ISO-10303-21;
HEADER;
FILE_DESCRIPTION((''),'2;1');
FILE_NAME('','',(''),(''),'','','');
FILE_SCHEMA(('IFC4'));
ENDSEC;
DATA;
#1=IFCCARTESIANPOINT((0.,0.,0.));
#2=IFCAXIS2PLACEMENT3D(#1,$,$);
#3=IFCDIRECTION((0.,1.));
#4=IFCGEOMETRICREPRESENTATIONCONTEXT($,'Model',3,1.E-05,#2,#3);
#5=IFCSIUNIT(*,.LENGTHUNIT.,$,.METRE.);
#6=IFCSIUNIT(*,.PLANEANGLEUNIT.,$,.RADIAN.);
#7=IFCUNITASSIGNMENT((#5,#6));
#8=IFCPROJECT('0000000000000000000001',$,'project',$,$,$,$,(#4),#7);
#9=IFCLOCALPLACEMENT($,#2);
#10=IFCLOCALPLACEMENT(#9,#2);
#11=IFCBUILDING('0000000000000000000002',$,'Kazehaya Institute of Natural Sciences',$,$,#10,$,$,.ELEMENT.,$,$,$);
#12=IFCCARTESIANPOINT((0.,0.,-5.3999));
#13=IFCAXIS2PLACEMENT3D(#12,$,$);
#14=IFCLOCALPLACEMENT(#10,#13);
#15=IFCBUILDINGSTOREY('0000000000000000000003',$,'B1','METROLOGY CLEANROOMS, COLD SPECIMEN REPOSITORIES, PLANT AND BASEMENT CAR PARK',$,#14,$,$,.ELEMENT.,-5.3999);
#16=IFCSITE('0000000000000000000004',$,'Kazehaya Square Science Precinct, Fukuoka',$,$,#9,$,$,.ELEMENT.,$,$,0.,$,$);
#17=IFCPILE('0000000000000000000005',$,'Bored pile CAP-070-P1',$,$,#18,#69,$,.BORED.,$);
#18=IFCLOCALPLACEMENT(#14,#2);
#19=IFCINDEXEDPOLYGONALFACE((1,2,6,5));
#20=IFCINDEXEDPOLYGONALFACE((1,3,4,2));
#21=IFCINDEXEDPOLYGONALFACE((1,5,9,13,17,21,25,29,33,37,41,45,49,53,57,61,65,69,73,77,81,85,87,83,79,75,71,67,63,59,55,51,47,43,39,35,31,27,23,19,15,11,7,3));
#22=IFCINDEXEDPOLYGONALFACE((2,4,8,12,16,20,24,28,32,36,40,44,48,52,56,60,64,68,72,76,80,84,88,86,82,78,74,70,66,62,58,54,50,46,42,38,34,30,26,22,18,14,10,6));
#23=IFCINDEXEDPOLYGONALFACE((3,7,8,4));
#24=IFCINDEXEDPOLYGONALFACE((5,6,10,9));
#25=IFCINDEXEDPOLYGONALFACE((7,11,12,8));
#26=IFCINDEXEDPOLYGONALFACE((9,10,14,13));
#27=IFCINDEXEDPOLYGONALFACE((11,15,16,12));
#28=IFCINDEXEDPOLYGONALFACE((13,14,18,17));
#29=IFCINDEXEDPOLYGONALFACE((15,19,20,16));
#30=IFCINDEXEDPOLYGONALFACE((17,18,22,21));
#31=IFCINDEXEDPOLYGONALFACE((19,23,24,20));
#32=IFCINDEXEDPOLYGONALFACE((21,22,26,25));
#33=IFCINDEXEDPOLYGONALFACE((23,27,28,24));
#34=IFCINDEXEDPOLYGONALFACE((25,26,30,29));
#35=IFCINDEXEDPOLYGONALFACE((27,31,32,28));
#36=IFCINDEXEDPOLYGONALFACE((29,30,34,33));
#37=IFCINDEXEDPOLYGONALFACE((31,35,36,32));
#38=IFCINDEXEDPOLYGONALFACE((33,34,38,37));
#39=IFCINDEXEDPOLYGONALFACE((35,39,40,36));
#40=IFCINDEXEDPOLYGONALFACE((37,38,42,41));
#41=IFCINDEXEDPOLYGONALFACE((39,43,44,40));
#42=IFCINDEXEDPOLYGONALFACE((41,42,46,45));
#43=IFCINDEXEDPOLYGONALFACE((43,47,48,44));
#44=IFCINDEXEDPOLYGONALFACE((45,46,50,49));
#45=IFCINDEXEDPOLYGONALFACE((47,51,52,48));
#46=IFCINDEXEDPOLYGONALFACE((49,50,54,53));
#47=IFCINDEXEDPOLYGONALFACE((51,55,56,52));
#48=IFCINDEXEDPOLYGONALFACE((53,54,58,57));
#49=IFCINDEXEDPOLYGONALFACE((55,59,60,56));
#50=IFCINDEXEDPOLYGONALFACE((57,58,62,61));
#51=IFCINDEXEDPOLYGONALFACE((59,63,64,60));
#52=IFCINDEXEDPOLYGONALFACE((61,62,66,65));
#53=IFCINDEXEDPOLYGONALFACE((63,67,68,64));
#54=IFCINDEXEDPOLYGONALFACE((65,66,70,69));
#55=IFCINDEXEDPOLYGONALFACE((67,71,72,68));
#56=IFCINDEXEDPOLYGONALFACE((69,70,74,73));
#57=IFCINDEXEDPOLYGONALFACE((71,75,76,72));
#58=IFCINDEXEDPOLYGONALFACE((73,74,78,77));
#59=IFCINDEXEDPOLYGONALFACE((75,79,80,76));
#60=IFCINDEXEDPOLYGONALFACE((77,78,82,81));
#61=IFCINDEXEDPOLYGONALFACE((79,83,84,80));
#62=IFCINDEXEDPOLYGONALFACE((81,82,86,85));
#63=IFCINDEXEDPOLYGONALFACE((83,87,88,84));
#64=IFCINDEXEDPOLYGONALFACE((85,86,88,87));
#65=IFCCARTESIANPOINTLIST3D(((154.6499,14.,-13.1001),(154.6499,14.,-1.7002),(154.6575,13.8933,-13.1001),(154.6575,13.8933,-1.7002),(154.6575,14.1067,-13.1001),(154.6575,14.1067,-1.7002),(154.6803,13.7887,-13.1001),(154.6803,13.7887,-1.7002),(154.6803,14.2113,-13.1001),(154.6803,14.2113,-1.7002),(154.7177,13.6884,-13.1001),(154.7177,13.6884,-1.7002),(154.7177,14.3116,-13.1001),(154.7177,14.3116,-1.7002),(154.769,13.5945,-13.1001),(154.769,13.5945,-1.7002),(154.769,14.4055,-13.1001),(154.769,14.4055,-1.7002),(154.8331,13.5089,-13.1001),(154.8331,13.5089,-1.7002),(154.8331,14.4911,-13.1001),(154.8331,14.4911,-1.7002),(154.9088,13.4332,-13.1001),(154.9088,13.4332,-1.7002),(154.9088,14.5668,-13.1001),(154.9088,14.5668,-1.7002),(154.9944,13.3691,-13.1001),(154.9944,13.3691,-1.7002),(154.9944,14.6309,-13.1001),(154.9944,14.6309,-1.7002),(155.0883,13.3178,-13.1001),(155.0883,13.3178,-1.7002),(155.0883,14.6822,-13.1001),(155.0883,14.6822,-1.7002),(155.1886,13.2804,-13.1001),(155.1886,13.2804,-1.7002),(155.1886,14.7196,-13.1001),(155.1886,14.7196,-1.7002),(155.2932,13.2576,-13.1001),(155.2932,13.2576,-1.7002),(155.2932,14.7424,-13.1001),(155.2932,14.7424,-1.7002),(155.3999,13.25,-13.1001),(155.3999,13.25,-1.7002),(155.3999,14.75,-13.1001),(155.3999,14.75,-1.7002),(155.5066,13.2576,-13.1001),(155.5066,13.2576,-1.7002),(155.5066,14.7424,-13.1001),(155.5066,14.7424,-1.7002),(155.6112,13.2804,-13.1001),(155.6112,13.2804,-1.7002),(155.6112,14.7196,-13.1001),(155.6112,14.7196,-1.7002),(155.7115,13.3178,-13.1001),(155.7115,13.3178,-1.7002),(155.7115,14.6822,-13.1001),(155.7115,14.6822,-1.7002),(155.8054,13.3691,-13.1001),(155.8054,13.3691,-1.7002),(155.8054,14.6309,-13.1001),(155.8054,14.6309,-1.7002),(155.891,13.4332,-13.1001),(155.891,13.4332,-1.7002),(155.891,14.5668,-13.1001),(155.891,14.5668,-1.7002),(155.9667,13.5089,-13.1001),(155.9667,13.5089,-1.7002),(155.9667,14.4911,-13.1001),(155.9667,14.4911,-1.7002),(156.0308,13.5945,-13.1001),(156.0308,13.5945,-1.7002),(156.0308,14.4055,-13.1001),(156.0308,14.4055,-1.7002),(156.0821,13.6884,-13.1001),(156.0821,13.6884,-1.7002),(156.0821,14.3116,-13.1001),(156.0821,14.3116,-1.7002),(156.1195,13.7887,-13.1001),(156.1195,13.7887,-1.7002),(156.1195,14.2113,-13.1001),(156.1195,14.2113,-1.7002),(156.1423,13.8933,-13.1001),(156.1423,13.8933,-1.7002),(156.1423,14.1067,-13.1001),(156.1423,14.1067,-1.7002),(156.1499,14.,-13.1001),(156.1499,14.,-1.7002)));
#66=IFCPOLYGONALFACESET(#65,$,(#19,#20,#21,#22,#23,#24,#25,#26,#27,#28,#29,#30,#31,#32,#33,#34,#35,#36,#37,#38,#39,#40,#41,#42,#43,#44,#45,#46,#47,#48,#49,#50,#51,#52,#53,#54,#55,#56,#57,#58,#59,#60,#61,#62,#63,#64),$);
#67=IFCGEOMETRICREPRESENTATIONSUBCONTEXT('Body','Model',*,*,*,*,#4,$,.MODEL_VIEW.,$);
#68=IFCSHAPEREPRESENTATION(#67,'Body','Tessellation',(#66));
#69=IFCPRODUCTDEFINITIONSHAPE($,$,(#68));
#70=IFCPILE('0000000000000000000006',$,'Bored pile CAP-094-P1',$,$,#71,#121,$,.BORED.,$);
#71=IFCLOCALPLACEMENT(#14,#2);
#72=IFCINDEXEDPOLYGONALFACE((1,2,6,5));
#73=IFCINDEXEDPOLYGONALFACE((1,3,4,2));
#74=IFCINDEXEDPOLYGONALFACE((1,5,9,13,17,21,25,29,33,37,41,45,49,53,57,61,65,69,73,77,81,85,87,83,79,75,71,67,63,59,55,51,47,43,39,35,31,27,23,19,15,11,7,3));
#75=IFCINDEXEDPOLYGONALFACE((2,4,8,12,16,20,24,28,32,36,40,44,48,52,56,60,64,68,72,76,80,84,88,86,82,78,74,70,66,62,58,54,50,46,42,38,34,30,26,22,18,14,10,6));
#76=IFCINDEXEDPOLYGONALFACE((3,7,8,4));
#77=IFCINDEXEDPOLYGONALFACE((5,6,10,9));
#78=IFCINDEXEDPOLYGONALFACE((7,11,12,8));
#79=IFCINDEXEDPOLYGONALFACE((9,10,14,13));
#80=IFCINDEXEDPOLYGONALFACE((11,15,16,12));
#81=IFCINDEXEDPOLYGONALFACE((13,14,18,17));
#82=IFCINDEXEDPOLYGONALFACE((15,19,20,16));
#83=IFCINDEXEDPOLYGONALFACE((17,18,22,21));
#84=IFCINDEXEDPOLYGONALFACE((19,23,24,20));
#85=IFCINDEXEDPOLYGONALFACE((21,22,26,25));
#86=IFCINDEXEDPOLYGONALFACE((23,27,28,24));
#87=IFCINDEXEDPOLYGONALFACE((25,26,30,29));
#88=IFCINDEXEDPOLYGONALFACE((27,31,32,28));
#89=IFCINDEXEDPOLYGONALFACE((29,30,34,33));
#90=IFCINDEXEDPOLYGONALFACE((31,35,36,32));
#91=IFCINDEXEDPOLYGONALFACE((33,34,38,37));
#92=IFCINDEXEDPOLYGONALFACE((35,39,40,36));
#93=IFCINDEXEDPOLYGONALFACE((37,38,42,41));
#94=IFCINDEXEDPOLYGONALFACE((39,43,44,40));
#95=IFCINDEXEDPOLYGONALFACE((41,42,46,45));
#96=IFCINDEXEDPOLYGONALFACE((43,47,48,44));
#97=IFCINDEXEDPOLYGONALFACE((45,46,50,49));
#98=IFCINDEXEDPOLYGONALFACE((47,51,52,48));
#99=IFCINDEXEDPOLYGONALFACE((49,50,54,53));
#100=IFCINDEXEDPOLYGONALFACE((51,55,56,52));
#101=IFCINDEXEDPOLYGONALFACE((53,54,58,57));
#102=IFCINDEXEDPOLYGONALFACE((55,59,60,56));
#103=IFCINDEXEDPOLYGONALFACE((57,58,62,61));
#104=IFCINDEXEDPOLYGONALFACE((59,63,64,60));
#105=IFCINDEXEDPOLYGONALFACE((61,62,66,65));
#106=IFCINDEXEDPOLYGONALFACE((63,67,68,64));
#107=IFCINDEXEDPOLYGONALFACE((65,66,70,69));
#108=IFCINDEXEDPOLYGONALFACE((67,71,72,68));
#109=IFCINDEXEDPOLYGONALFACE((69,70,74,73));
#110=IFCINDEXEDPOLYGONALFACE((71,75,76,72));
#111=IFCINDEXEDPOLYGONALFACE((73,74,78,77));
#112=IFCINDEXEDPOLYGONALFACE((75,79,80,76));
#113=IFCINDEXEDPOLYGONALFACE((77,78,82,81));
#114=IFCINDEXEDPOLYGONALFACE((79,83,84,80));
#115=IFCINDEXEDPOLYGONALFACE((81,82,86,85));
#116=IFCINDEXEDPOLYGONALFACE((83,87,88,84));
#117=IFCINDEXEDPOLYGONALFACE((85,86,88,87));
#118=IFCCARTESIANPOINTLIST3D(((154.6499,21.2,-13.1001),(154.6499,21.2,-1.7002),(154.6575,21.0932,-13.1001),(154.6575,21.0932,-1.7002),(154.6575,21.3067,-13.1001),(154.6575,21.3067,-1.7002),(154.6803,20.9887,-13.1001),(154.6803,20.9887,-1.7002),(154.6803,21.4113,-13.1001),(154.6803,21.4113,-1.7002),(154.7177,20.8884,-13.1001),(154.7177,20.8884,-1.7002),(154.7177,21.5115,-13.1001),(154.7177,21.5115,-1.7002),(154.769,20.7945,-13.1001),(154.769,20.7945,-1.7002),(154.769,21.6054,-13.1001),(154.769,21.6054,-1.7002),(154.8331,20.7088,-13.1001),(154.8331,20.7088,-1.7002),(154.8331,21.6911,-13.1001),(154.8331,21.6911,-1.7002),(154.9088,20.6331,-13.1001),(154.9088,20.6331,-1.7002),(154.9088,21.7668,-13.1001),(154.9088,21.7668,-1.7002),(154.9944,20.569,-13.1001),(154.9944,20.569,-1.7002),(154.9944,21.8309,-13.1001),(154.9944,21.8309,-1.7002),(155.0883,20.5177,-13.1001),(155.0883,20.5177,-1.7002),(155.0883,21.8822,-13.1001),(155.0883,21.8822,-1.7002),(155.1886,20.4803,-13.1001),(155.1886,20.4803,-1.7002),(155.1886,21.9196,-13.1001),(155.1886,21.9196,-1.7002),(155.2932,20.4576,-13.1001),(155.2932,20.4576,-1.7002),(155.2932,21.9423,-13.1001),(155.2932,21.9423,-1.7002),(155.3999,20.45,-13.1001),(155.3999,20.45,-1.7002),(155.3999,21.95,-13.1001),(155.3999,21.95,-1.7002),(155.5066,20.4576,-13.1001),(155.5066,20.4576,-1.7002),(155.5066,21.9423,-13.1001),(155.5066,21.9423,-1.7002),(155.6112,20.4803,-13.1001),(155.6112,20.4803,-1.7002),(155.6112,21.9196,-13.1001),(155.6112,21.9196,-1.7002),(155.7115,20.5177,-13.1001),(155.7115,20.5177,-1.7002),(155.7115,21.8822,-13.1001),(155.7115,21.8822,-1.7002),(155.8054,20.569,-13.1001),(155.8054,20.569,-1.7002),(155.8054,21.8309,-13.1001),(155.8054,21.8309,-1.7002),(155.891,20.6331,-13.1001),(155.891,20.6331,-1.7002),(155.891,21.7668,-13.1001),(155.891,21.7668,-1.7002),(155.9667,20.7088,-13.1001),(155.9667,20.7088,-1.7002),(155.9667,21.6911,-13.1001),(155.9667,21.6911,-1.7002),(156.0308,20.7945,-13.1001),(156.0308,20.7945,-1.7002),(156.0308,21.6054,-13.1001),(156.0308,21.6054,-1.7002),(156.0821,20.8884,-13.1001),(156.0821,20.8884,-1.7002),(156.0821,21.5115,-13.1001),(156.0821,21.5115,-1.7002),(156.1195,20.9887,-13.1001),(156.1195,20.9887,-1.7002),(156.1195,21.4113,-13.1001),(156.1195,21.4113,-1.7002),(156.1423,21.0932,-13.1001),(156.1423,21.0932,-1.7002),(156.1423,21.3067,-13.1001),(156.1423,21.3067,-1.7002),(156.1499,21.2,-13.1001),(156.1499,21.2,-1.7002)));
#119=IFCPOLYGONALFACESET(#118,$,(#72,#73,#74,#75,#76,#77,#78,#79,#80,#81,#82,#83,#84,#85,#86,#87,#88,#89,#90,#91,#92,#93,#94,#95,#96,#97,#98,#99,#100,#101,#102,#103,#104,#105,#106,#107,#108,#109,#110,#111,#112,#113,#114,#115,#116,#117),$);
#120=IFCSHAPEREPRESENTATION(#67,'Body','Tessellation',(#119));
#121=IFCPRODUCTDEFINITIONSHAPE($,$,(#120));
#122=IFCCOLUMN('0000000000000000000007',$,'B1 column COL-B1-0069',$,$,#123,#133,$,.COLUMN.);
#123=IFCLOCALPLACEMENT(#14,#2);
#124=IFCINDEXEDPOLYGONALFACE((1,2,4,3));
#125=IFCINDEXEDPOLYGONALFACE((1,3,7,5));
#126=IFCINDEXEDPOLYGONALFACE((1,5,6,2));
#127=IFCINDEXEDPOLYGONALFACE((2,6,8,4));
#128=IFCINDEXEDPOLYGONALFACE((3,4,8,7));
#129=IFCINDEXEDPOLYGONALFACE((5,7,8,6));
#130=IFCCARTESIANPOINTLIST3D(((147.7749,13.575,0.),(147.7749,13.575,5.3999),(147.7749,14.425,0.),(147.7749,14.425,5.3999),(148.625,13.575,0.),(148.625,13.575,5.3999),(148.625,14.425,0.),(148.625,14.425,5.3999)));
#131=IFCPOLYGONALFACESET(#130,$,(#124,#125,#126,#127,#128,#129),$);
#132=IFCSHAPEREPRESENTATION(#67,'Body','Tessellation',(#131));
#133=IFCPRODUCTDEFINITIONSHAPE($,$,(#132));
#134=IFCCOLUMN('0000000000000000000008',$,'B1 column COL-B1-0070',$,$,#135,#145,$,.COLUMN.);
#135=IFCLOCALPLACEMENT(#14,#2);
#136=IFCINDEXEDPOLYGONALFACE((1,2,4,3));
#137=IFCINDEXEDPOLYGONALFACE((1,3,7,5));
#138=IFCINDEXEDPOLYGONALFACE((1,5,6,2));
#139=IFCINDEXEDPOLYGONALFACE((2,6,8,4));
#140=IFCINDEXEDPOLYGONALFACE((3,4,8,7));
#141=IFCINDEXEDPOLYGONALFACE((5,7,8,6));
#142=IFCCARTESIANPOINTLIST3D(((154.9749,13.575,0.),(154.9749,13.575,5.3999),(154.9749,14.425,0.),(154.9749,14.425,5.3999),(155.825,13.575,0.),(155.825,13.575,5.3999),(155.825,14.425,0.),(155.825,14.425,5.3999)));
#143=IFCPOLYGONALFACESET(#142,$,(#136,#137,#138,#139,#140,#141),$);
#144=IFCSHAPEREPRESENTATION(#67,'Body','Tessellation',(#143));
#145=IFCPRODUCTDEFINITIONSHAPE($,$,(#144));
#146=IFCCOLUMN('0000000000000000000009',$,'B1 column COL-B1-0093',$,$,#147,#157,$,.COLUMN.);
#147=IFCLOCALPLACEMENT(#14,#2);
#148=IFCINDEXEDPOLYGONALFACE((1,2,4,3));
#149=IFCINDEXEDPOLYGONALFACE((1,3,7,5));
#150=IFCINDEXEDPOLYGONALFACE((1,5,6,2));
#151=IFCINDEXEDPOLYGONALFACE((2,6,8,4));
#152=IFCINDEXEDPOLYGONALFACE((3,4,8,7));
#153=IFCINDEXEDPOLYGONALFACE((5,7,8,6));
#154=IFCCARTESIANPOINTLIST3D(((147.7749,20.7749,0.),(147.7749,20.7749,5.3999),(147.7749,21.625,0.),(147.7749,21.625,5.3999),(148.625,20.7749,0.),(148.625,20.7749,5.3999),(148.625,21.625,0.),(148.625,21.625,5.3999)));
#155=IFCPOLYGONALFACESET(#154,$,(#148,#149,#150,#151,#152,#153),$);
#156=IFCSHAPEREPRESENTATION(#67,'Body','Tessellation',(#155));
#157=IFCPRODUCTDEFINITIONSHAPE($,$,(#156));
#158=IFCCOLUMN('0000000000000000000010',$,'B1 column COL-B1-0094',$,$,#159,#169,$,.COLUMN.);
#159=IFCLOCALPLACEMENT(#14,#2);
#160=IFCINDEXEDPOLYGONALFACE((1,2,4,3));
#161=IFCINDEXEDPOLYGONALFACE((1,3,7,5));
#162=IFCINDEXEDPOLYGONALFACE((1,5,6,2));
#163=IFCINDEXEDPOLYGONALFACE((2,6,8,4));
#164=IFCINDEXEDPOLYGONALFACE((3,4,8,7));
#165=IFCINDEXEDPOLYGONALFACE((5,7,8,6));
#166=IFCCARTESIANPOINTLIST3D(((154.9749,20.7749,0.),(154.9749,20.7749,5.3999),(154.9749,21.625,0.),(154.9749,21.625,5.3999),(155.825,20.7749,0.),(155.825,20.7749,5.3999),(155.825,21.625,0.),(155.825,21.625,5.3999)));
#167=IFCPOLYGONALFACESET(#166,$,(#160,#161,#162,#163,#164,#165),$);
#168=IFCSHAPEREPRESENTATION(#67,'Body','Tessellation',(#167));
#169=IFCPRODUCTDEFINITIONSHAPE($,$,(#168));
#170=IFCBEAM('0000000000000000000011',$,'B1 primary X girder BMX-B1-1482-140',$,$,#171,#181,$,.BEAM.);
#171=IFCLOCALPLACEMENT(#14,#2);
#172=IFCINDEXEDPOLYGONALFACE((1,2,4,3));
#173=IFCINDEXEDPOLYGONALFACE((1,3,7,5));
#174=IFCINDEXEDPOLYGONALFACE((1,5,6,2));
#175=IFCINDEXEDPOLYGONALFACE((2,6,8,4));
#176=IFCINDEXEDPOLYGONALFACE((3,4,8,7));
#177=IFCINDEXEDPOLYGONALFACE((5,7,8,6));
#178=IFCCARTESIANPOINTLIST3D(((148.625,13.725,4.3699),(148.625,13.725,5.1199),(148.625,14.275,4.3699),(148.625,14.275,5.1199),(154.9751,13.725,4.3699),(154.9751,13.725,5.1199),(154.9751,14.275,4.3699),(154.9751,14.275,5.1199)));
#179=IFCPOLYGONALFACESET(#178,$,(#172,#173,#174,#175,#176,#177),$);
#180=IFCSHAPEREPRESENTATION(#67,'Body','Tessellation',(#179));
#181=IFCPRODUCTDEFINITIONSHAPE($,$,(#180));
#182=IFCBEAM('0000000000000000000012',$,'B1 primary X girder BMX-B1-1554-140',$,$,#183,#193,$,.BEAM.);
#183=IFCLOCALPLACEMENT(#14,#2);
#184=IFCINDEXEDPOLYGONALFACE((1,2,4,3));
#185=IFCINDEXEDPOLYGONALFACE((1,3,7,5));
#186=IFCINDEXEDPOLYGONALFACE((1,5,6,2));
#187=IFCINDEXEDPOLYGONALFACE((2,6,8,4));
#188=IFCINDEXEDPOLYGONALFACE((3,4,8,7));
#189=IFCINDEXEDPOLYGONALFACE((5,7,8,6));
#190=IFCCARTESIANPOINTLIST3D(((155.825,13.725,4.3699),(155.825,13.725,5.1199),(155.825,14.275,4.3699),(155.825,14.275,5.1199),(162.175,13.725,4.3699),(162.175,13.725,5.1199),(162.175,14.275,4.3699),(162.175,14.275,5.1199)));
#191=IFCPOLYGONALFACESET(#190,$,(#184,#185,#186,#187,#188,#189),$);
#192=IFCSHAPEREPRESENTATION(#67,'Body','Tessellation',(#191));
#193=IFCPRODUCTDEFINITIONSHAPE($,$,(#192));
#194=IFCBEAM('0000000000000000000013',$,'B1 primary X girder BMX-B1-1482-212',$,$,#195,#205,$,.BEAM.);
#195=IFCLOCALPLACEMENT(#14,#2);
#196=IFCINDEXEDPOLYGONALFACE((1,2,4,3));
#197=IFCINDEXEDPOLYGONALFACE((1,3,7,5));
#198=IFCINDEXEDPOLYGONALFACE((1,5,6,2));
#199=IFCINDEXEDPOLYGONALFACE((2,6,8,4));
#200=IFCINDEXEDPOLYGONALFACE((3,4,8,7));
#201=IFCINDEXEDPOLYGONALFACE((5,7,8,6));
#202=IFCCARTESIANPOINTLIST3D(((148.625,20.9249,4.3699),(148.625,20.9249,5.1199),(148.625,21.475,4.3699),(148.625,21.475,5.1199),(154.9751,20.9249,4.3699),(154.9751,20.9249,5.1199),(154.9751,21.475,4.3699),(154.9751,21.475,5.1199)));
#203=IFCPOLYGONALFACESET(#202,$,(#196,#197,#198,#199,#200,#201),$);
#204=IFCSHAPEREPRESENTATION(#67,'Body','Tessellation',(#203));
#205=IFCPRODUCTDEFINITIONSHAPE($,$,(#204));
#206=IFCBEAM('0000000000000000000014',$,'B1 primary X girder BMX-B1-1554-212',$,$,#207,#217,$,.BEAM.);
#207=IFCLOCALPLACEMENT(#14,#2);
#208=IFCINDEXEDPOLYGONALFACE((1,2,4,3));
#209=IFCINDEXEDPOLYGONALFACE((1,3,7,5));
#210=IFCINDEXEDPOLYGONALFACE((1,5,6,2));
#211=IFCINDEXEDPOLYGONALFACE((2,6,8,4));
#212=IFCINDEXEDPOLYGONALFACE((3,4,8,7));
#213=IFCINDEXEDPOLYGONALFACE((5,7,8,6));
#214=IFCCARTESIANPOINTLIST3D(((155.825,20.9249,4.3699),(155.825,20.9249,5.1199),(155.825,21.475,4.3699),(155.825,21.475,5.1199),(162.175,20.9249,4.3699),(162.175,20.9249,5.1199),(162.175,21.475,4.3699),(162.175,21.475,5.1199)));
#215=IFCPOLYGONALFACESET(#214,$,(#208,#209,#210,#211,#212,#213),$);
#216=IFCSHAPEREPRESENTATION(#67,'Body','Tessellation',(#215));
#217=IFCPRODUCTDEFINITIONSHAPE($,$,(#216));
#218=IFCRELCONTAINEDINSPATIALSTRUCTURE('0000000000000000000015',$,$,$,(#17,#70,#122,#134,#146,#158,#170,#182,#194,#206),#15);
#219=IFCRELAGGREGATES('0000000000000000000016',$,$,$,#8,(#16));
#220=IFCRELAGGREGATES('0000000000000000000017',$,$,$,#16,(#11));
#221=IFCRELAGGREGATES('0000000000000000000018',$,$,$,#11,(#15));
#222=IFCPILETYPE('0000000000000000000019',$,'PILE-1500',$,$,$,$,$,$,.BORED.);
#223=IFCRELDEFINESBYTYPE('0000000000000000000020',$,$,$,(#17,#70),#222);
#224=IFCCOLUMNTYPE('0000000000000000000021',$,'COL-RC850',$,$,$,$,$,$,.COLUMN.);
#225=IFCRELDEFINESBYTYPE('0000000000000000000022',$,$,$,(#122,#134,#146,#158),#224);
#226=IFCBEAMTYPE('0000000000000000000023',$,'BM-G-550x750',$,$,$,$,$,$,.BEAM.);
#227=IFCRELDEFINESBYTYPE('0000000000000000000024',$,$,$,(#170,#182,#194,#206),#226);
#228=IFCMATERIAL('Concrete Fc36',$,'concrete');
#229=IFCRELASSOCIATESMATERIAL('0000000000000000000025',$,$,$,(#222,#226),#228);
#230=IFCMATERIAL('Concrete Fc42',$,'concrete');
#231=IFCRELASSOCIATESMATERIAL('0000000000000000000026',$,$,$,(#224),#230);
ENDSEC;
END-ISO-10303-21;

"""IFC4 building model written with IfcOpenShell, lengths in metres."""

from ifc_helpers import new_model, si_unit, direction, frame, origin, origin_2d, place, context, subcontext, project, spatial, rectangle, circle, extrude, material, material_profile, profile_set, type_object, element, save


model = new_model("IFC4")

# Units and contexts
model_context = context("Model", 3, precision=1e-05, world=origin(), true_north=direction((0.0, 1.0)))
body_context = subcontext(model_context, "Body", "Model", "MODEL_VIEW")
ifc_project = project(units=[si_unit("LENGTHUNIT", "METRE"), si_unit("PLANEANGLEUNIT", "RADIAN")], contexts=[model_context])

# Site, building, storey
site_placement = place(None, origin())
site = spatial("IfcSite", under=ifc_project, at=site_placement, Name="Kazehaya Square Science Precinct, Fukuoka", CompositionType="ELEMENT", RefElevation=0.0)
building_placement = place(site_placement, origin())
building = spatial("IfcBuilding", under=site, at=building_placement, Name="Kazehaya Institute of Natural Sciences", CompositionType="ELEMENT")
storey_placement = place(building_placement, frame((0.0, 0.0, -5.3999)))
storey = spatial("IfcBuildingStorey", under=building, at=storey_placement, Name="B1", Description="METROLOGY CLEANROOMS, COLD SPECIMEN REPOSITORIES, PLANT AND BASEMENT CAR PARK", CompositionType="ELEMENT", Elevation=-5.3999)

# Shared definitions
ifc_material_1 = material(Name="Concrete Fc36", Category="concrete")

# Piles
ifc_material_profile_1 = material_profile(ifc_material_1, circle(Radius=0.75, at=origin_2d()), Name="PILE-1500")
ifc_profile_set_1 = profile_set([ifc_material_profile_1], Name="Concrete Fc36")
pile_type_1 = type_object("IfcPileType", Name="PILE-1500", PredefinedType="BORED", material=ifc_profile_set_1)
for number, where, z_axis, x_axis, name in (
    (1, (155.3999, 14.0, -1.7002), (0.0, 0.0, -1.0), (1.0, 0.0, 0.0), "Bored pile CAP-070-P1"),
    (2, (155.3999, 21.2, -1.7002), (0.0, 0.0, -1.0), (1.0, 0.0, 0.0), "Bored pile CAP-094-P1"),
):
    element("IfcPile", number, at=place(storey_placement, frame(where, z_axis=z_axis, x_axis=x_axis)), inside=storey, type_object=pile_type_1, Name=name, PredefinedType="BORED", context=body_context, shape_type="SweptSolid", body=[
        extrude(circle(Radius=0.75, at=origin_2d()), origin(), (0.0, 0.0, 1.0), 11.3999),
    ])

# Columns
ifc_material_2 = material(Name="Concrete Fc42", Category="concrete")
ifc_material_profile_2 = material_profile(ifc_material_2, rectangle(XDim=0.8501, YDim=0.8501, at=origin_2d()), Name="RC-850x850")
ifc_profile_set_2 = profile_set([ifc_material_profile_2], Name="Concrete Fc42")
column_type = type_object("IfcColumnType", Name="COL-RC850", PredefinedType="COLUMN", material=ifc_profile_set_2)
for number, where, z_axis, x_axis, name in (
    (3, (148.2, 14.0, 0.0), (0.0, 0.0, 1.0), (1.0, 0.0, 0.0), "B1 column COL-B1-0069"),
    (4, (155.3999, 14.0, 0.0), (0.0, 0.0, 1.0), (1.0, 0.0, 0.0), "B1 column COL-B1-0070"),
    (5, (148.2, 21.2, 0.0), (0.0, 0.0, 1.0), (1.0, 0.0, 0.0), "B1 column COL-B1-0093"),
    (6, (155.3999, 21.2, 0.0), (0.0, 0.0, 1.0), (1.0, 0.0, 0.0), "B1 column COL-B1-0094"),
):
    element("IfcColumn", number, at=place(storey_placement, frame(where, z_axis=z_axis, x_axis=x_axis)), inside=storey, type_object=column_type, Name=name, PredefinedType="COLUMN", context=body_context, shape_type="SweptSolid", body=[
        extrude(rectangle(XDim=0.8501, YDim=0.8501, at=origin_2d()), origin(), (0.0, 0.0, 1.0), 5.3999),
    ])

# Beams
ifc_material_profile_3 = material_profile(ifc_material_1, rectangle(XDim=0.55, YDim=0.75, at=origin_2d()), Name="RC-550x750")
ifc_profile_set_3 = profile_set([ifc_material_profile_3], Name="Concrete Fc36")
beam_type_1 = type_object("IfcBeamType", Name="BM-G-550x750", PredefinedType="BEAM", material=ifc_profile_set_3)
for number, where, z_axis, x_axis, name in (
    (7, (148.625, 14.0, 4.7449), (1.0, 0.0, 0.0), (0.0, 1.0, 0.0), "B1 primary X girder BMX-B1-1482-140"),
    (8, (155.825, 14.0, 4.7449), (1.0, 0.0, 0.0), (0.0, 1.0, 0.0), "B1 primary X girder BMX-B1-1554-140"),
    (9, (148.625, 21.2, 4.7449), (1.0, 0.0, 0.0), (0.0, 1.0, 0.0), "B1 primary X girder BMX-B1-1482-212"),
    (10, (155.825, 21.2, 4.7449), (1.0, 0.0, 0.0), (0.0, 1.0, 0.0), "B1 primary X girder BMX-B1-1554-212"),
):
    element("IfcBeam", number, at=place(storey_placement, frame(where, z_axis=z_axis, x_axis=x_axis)), inside=storey, type_object=beam_type_1, Name=name, PredefinedType="BEAM", context=body_context, shape_type="SweptSolid", body=[
        extrude(rectangle(XDim=0.55, YDim=0.75, at=origin_2d()), origin(), (0.0, 0.0, 1.0), 6.3501),
    ])

save(model, "model.ifc")
